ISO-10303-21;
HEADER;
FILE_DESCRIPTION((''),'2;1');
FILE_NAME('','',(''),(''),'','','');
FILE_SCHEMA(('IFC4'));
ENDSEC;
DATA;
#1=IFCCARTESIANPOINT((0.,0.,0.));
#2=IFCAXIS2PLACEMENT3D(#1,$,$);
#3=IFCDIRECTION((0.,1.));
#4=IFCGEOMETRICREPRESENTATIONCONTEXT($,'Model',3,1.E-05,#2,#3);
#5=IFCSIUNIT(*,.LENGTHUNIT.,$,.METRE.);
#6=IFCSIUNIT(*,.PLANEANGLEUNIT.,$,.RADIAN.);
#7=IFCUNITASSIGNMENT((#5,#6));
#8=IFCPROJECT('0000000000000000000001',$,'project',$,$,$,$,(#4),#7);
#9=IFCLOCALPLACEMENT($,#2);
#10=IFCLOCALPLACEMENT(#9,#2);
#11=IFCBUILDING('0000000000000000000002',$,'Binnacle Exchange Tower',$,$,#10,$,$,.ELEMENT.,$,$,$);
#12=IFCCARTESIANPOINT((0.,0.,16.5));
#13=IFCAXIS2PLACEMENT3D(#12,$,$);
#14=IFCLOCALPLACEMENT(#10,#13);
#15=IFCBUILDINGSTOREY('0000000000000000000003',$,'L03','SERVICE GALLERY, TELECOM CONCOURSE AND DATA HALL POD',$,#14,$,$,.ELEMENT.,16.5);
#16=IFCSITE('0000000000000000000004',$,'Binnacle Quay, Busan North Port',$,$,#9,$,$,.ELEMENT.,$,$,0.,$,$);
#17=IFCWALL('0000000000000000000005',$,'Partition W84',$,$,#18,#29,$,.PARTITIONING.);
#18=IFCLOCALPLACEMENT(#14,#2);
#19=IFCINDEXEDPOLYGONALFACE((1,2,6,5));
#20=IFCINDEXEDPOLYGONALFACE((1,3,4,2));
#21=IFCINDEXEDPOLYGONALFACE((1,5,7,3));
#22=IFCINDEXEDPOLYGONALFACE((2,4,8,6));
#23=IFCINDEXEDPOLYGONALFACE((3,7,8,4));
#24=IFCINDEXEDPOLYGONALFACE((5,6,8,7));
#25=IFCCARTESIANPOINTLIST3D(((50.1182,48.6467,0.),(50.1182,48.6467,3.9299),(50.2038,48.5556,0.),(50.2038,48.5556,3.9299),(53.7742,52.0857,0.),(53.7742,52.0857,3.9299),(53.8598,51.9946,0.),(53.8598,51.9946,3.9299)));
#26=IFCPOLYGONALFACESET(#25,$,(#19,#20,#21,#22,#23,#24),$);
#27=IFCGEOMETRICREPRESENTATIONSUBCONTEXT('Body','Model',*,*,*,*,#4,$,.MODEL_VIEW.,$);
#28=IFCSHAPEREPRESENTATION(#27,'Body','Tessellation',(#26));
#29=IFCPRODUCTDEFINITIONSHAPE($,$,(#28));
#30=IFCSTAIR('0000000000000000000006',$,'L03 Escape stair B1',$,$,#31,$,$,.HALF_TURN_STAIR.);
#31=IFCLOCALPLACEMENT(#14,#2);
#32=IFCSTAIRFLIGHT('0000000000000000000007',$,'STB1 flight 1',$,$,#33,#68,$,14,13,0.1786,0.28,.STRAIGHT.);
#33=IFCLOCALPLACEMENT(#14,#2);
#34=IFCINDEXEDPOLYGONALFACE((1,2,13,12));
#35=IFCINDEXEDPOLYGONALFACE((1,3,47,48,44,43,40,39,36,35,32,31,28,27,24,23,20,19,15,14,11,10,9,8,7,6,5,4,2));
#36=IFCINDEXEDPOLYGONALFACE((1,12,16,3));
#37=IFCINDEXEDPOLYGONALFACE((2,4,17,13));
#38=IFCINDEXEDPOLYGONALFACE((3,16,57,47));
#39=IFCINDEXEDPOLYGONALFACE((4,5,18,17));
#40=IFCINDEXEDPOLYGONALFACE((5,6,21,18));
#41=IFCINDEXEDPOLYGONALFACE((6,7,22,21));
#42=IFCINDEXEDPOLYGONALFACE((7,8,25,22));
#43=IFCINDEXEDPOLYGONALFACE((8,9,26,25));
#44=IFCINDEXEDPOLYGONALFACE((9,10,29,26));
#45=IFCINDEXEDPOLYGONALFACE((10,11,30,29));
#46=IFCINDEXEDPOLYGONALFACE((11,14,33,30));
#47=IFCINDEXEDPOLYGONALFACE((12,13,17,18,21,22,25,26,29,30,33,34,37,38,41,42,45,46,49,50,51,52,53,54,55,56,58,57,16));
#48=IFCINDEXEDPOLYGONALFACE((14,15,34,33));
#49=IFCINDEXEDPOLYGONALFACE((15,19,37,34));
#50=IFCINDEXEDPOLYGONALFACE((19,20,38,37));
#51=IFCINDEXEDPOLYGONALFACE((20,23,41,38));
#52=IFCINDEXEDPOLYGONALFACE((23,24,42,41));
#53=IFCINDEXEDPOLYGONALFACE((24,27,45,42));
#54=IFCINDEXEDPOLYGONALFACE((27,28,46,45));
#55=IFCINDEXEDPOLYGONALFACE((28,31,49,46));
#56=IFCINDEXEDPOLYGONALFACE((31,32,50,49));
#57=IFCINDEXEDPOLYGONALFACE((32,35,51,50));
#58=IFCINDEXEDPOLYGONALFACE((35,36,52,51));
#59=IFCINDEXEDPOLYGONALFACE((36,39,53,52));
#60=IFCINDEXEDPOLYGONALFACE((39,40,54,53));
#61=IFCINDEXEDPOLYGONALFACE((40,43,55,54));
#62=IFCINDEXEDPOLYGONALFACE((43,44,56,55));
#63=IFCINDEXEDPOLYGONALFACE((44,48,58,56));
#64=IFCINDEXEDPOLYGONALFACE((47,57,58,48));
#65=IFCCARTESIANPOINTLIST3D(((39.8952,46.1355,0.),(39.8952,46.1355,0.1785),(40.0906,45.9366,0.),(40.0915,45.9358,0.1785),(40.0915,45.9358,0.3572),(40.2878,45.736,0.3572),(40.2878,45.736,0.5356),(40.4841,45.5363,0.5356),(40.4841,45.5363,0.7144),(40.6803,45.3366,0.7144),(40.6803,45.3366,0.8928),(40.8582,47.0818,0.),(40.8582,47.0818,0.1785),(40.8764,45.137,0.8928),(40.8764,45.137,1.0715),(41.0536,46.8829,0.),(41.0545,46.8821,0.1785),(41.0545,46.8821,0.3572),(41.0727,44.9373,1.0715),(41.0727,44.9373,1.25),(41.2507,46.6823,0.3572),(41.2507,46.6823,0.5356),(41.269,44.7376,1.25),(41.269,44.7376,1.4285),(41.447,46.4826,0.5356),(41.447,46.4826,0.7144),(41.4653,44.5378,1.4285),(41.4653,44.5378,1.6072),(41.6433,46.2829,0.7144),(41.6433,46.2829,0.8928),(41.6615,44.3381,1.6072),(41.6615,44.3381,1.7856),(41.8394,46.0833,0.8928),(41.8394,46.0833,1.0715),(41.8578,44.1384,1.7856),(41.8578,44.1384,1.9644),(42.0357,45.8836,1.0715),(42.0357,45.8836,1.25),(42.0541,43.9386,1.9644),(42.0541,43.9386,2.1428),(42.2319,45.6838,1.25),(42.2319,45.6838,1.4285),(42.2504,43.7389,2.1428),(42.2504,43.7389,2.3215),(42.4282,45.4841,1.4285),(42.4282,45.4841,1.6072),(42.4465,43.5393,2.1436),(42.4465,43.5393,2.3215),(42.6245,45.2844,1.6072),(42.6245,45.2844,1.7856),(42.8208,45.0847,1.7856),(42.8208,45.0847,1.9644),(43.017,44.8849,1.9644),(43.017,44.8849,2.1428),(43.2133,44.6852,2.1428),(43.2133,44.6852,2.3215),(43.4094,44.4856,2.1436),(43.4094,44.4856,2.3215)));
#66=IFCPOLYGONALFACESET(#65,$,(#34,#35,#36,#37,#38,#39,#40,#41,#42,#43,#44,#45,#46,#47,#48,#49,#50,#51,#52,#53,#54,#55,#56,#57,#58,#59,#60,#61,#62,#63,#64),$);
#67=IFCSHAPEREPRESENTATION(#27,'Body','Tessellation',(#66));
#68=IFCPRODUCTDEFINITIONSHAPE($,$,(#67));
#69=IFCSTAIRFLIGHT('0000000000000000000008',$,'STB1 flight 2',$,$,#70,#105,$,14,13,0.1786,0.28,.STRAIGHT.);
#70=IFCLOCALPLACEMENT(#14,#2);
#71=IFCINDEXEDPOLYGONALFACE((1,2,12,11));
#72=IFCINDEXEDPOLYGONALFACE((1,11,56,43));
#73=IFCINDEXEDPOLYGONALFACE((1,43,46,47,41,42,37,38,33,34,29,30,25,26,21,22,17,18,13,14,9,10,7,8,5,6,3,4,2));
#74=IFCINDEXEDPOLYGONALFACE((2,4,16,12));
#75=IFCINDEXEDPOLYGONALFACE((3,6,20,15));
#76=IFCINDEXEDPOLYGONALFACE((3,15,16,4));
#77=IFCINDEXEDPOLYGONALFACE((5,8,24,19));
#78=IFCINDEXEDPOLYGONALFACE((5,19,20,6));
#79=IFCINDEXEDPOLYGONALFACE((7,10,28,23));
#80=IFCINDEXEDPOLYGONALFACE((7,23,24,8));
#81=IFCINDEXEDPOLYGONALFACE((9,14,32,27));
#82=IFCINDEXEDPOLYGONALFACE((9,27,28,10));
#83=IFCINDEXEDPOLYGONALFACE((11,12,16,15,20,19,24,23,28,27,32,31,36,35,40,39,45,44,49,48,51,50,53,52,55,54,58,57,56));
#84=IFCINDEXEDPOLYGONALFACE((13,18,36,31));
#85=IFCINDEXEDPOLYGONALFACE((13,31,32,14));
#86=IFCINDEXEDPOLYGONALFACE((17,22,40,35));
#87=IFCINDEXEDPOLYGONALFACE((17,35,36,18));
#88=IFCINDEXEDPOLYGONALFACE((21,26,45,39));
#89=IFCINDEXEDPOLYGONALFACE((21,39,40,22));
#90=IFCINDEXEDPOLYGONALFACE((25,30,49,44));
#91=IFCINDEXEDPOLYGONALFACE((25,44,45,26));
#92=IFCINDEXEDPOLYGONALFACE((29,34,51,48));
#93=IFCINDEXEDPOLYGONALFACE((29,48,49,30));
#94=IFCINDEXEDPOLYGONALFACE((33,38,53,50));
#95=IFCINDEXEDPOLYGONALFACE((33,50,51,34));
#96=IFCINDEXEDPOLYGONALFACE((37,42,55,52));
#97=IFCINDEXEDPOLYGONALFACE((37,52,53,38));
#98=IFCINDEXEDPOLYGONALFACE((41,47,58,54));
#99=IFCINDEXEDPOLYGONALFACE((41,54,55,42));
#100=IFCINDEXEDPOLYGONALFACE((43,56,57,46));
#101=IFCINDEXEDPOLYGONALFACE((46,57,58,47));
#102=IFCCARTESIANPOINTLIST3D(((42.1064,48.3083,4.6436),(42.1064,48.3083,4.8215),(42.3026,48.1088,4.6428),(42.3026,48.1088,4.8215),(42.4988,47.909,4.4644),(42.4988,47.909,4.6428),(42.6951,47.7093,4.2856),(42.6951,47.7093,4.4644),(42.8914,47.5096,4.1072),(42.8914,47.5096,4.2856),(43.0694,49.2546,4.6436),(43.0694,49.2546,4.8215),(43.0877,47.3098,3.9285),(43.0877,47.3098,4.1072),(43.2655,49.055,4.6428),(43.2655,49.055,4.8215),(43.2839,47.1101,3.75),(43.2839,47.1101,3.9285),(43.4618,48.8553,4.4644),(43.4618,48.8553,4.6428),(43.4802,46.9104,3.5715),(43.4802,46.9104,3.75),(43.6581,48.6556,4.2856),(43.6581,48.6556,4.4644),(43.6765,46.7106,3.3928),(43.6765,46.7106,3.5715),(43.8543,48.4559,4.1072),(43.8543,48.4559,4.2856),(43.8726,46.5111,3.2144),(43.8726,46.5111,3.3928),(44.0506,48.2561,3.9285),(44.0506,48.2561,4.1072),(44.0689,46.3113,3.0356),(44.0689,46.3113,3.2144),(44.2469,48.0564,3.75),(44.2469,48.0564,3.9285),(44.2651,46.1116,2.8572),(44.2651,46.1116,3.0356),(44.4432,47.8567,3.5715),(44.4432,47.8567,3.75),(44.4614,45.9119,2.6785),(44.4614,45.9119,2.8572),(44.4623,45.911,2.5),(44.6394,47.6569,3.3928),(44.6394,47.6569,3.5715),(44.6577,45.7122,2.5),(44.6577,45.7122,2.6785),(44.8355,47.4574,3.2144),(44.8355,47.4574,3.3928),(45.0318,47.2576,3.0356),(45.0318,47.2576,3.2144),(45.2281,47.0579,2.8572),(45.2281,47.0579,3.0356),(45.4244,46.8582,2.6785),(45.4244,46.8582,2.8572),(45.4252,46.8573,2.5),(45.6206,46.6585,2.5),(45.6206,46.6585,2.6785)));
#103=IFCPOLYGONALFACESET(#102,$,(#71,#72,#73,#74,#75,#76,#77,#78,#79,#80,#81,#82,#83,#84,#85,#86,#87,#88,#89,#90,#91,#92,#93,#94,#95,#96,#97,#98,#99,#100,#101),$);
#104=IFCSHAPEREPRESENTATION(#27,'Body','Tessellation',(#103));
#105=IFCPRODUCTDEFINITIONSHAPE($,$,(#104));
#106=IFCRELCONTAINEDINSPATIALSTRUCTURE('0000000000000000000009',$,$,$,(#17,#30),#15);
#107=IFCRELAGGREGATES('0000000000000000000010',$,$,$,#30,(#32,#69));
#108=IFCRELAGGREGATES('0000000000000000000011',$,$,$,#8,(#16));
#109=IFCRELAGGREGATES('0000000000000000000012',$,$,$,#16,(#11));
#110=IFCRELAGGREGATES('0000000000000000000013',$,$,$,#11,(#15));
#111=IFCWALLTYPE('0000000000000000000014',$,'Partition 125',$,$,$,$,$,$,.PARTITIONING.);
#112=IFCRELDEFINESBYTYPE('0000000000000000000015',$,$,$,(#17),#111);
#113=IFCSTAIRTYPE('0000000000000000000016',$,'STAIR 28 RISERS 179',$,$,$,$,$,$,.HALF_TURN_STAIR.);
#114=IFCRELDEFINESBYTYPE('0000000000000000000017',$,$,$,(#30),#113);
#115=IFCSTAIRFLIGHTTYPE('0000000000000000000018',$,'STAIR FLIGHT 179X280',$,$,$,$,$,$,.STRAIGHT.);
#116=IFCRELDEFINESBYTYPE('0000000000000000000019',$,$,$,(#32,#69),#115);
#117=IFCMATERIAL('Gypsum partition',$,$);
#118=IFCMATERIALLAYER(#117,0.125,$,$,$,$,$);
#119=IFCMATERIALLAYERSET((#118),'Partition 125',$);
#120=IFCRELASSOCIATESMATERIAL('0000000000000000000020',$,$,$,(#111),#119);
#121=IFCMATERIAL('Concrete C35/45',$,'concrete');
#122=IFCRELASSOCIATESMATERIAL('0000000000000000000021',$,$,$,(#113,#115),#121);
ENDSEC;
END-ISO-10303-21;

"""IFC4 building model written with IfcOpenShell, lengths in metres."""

from ifc_helpers import new_model, si_unit, direction, frame, frame_2d, origin, place, context, subcontext, project, spatial, polyline, rectangle, outline, extrude, material, layer, layer_set, type_object, element, aggregate, save


model = new_model("IFC4")

# Units and contexts
model_context = context("Model", 3, precision=1e-05, world=origin(), true_north=direction((0.0, 1.0)))
body_context = subcontext(model_context, "Body", "Model", "MODEL_VIEW")
ifc_project = project(units=[si_unit("LENGTHUNIT", "METRE"), si_unit("PLANEANGLEUNIT", "RADIAN")], contexts=[model_context])

# Site, building, storey
site_placement = place(None, origin())
site = spatial("IfcSite", under=ifc_project, at=site_placement, Name="Binnacle Quay, Busan North Port", CompositionType="ELEMENT", RefElevation=0.0)
building_placement = place(site_placement, origin())
building = spatial("IfcBuilding", under=site, at=building_placement, Name="Binnacle Exchange Tower", CompositionType="ELEMENT")
storey_placement = place(building_placement, frame((0.0, 0.0, 16.5)))
storey = spatial("IfcBuildingStorey", under=building, at=storey_placement, Name="L03", Description="SERVICE GALLERY, TELECOM CONCOURSE AND DATA HALL POD", CompositionType="ELEMENT", Elevation=16.5)

# Shared definitions
ifc_material_1 = material(Name="Gypsum partition")
ifc_layer_1 = layer(ifc_material_1, 0.125)
ifc_layer_set_1 = layer_set([ifc_layer_1], Name="Partition 125")
wall_type_1 = type_object("IfcWallType", Name="Partition 125", PredefinedType="PARTITIONING", material=ifc_layer_set_1)

# Wall
wall_1_placement = place(storey_placement, frame((50.1609, 48.6011, 0.0), z_axis=(0.0, 0.0, 1.0), x_axis=(0.728397, 0.685155, 0.0)))
element("IfcWall", 1, at=wall_1_placement, inside=storey, type_object=wall_type_1, Name="Partition W84", PredefinedType="PARTITIONING", context=body_context, shape_type="SweptSolid", body=[
    extrude(rectangle(XDim=5.0193, YDim=0.125, at=frame_2d((2.5098, 0.0))), origin(), (0.0, 0.0, 1.0), 3.9299),
])

# Stair, stair flights
ifc_material_2 = material(Name="Concrete C35/45", Category="concrete")
stair_type = type_object("IfcStairType", Name="STAIR 28 RISERS 179", PredefinedType="HALF_TURN_STAIR", material=ifc_material_2)
stair_placement = place(storey_placement, origin())
stair = element("IfcStair", 2, at=stair_placement, inside=storey, type_object=stair_type, Name="L03 Escape stair B1", PredefinedType="HALF_TURN_STAIR")
stair_flight_type = type_object("IfcStairFlightType", Name="STAIR FLIGHT 179X280", PredefinedType="STRAIGHT", material=ifc_material_2)
stair_flight_1_placement = place(storey_placement, frame((40.3767, 46.6086, 0.0), z_axis=(0.0, 0.0, 1.0), x_axis=(0.700909, -0.71325, 0.0)))
stair_flight_1 = element("IfcStairFlight", 3, at=stair_flight_1_placement, type_object=stair_flight_type, Name="STB1 flight 1", NumberOfRisers=14, NumberOfTreads=13, PredefinedType="STRAIGHT", RiserHeight=0.1786, TreadLength=0.28, context=body_context, shape_type="SweptSolid", body=[
    extrude(outline(polyline([(0.0, 0.0), (0.0, 0.1785), (0.28, 0.1785), (0.28, 0.3572), (0.5601, 0.3572), (0.5601, 0.5356), (0.8401, 0.5356), (0.8401, 0.7144), (1.1201, 0.7144), (1.1201, 0.8928), (1.3999, 0.8928), (1.3999, 1.0715), (1.6799, 1.0715), (1.6799, 1.25), (1.96, 1.25), (1.96, 1.4285), (2.24, 1.4285), (2.24, 1.6072), (2.52, 1.6072), (2.52, 1.7856), (2.8, 1.7856), (2.8, 1.9644), (3.0801, 1.9644), (3.0801, 2.1428), (3.3601, 2.1428), (3.3601, 2.3215), (3.6399, 2.3215), (3.6399, 2.5), (3.6399, 2.1436), (0.2788, 0.0), (0.0, 0.0)])), frame((0.0, 0.675, 0.0), z_axis=(0.0, -1.0, 0.0), x_axis=(1.0, 0.0, 0.0)), (0.0, 0.0, 1.0), 1.3501),
])
stair_flight_2_placement = place(storey_placement, frame((45.1392, 46.1853, 2.5), z_axis=(0.0, 0.0, 1.0), x_axis=(-0.700909, 0.71325, 0.0)))
stair_flight_2 = element("IfcStairFlight", 4, at=stair_flight_2_placement, type_object=stair_flight_type, Name="STB1 flight 2", NumberOfRisers=14, NumberOfTreads=13, PredefinedType="STRAIGHT", RiserHeight=0.1786, TreadLength=0.28, context=body_context, shape_type="SweptSolid", body=[
    extrude(outline(polyline([(0.0, 0.0), (0.0, 0.1785), (0.28, 0.1785), (0.28, 0.3572), (0.5601, 0.3572), (0.5601, 0.5356), (0.8401, 0.5356), (0.8401, 0.7144), (1.1201, 0.7144), (1.1201, 0.8928), (1.3999, 0.8928), (1.3999, 1.0715), (1.6799, 1.0715), (1.6799, 1.25), (1.96, 1.25), (1.96, 1.4285), (2.24, 1.4285), (2.24, 1.6072), (2.52, 1.6072), (2.52, 1.7856), (2.8, 1.7856), (2.8, 1.9644), (3.0801, 1.9644), (3.0801, 2.1428), (3.3601, 2.1428), (3.3601, 2.3215), (3.6399, 2.3215), (3.6399, 2.5), (3.6399, 2.1436), (0.2788, 0.0), (0.0, 0.0)])), frame((0.0, 0.675, 0.0), z_axis=(0.0, -1.0, 0.0), x_axis=(1.0, 0.0, 0.0)), (0.0, 0.0, 1.0), 1.3501),
])
aggregate(stair, [stair_flight_1, stair_flight_2])

save(model, "model.ifc")
